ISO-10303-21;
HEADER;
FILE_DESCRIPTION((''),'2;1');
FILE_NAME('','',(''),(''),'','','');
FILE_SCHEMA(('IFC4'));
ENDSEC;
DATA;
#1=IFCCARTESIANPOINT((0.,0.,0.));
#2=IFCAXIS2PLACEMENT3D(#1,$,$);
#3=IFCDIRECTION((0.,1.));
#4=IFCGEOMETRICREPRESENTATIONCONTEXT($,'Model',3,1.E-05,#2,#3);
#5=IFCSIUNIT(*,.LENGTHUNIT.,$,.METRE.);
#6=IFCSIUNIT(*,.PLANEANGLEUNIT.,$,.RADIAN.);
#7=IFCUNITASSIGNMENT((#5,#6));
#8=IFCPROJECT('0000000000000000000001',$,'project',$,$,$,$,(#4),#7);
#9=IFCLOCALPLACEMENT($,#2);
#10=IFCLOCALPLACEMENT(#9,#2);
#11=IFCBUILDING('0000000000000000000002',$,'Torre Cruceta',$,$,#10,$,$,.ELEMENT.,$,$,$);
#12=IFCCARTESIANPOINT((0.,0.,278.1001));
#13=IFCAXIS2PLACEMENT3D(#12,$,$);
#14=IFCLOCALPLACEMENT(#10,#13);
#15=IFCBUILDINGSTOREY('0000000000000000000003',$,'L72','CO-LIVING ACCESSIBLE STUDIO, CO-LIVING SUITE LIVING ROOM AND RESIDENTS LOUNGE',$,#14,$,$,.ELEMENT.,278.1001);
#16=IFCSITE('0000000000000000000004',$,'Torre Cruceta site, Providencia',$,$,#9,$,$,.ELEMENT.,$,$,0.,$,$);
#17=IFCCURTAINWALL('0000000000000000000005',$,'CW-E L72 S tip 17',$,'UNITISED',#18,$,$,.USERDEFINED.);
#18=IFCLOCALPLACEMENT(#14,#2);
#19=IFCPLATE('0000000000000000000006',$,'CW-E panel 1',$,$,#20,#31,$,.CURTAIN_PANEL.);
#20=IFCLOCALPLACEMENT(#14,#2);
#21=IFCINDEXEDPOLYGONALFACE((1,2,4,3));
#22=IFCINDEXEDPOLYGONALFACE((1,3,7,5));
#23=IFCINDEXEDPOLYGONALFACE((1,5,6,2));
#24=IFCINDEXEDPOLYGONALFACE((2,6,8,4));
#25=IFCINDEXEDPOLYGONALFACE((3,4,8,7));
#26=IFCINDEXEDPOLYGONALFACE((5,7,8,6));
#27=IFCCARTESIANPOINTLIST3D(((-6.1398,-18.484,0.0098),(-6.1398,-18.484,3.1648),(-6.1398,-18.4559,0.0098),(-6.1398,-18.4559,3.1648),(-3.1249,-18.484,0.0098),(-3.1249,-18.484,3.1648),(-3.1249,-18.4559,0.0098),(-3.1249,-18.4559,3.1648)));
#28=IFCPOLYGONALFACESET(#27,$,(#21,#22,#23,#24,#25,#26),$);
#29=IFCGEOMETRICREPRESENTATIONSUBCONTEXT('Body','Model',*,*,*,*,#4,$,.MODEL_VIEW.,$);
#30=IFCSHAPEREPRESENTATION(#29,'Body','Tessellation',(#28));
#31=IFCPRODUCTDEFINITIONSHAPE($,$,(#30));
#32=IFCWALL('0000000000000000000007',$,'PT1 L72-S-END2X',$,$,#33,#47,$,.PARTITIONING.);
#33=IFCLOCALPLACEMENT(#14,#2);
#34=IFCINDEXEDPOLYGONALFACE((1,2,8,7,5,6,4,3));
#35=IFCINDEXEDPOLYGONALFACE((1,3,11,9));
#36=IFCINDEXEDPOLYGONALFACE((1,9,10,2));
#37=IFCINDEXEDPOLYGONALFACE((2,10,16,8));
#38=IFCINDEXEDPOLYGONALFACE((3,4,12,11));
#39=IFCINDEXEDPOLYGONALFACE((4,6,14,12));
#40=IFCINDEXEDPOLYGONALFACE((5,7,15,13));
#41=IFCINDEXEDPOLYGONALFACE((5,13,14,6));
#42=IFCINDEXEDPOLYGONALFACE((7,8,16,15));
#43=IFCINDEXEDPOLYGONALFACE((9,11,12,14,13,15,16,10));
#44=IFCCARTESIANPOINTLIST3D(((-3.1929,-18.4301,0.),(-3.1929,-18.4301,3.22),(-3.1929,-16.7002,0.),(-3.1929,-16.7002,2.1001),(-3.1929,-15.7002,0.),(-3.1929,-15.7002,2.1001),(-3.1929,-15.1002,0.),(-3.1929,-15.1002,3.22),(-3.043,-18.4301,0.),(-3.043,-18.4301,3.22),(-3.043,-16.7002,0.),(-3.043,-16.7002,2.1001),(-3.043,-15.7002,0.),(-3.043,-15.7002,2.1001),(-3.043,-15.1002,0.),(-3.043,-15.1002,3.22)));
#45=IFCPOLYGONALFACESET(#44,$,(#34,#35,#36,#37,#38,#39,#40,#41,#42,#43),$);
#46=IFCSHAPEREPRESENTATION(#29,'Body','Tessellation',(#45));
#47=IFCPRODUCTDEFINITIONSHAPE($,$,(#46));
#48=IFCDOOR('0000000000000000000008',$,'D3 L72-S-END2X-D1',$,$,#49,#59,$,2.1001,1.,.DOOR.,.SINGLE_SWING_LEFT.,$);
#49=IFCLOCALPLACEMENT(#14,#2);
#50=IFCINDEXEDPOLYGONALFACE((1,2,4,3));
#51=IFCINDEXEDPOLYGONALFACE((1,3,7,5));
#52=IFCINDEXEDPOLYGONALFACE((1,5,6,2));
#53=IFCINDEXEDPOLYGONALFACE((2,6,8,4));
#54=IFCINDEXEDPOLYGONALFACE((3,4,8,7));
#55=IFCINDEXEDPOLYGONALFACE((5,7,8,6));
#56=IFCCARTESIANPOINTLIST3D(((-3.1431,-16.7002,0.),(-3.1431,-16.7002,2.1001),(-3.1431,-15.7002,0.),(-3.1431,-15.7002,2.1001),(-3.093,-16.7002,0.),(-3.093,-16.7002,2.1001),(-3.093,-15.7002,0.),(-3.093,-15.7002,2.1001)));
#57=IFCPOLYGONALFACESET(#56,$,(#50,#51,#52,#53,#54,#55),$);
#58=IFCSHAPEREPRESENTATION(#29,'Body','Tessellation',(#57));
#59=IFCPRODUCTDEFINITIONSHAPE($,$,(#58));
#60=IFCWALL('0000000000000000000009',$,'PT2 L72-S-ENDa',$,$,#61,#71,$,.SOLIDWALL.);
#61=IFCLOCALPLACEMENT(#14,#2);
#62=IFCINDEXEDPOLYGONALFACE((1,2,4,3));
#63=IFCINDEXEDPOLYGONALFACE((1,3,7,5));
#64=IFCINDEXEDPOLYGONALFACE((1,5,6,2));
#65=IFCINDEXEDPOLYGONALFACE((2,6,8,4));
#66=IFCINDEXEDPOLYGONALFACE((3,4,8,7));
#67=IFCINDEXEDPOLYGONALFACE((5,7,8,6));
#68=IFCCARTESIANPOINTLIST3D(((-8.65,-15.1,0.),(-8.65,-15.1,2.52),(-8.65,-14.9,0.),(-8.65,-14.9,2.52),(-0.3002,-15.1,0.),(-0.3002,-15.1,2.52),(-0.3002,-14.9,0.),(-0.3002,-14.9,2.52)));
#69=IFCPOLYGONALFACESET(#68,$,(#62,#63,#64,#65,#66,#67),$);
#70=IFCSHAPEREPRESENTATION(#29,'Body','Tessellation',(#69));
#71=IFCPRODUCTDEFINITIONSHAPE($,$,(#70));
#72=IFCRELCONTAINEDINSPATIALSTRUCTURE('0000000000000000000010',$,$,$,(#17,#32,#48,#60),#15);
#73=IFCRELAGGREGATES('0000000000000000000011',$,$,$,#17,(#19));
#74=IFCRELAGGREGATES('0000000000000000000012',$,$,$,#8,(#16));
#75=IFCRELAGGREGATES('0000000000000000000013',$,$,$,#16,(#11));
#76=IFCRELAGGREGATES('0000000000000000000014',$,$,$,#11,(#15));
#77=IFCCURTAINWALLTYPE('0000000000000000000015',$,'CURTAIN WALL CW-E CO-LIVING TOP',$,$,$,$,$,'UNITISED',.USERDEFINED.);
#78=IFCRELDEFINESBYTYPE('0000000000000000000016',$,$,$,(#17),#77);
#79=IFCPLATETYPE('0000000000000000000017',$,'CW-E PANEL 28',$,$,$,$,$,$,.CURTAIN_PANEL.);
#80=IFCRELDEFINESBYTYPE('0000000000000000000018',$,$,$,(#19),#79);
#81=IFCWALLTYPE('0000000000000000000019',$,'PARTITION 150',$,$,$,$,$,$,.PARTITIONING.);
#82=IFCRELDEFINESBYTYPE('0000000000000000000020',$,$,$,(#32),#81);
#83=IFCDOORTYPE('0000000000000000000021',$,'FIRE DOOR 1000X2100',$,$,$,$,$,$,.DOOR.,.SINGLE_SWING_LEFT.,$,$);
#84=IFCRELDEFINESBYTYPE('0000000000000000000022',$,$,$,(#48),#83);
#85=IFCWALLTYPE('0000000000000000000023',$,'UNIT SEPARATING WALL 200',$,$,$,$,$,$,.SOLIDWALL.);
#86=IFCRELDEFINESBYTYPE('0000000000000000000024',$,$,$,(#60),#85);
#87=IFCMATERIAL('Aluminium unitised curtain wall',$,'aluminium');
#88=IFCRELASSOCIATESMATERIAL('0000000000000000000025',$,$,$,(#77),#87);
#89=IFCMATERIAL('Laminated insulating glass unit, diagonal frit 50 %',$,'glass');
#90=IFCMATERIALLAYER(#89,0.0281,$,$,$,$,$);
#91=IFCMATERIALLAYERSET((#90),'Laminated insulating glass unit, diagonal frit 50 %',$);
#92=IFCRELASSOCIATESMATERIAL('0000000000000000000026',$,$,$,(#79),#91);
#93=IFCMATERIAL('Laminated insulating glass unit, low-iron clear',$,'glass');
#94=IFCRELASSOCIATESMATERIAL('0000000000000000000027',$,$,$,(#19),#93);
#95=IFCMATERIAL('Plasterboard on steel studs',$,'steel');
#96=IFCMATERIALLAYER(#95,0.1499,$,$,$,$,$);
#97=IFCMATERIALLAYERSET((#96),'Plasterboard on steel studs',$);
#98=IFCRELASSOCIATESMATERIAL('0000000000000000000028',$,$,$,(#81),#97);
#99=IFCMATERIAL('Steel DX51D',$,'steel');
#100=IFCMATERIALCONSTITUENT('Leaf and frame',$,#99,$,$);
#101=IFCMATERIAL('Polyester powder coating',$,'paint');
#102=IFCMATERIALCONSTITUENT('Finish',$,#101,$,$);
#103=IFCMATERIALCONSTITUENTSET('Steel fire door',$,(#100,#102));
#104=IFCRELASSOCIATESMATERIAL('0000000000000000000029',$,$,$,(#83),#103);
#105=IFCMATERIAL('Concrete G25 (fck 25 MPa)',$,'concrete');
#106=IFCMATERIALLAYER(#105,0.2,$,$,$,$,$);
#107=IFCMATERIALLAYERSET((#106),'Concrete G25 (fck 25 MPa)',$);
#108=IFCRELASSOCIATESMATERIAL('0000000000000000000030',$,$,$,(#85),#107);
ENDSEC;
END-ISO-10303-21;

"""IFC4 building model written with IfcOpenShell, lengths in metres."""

from ifc_helpers import new_model, si_unit, direction, frame, frame_2d, origin, origin_2d, place, context, subcontext, project, spatial, rectangle, extrude, material, layer, layer_set, constituent, constituent_set, type_object, element, fill, aggregate, save


model = new_model("IFC4")

# Units and contexts
model_context = context("Model", 3, precision=1e-05, world=origin(), true_north=direction((0.0, 1.0)))
body_context = subcontext(model_context, "Body", "Model", "MODEL_VIEW")
ifc_project = project(units=[si_unit("LENGTHUNIT", "METRE"), si_unit("PLANEANGLEUNIT", "RADIAN")], contexts=[model_context])

# Site, building, storey
site_placement = place(None, origin())
site = spatial("IfcSite", under=ifc_project, at=site_placement, Name="Torre Cruceta site, Providencia", CompositionType="ELEMENT", RefElevation=0.0)
building_placement = place(site_placement, origin())
building = spatial("IfcBuilding", under=site, at=building_placement, Name="Torre Cruceta", CompositionType="ELEMENT")
storey_placement = place(building_placement, frame((0.0, 0.0, 278.1001)))
storey = spatial("IfcBuildingStorey", under=building, at=storey_placement, Name="L72", Description="CO-LIVING ACCESSIBLE STUDIO, CO-LIVING SUITE LIVING ROOM AND RESIDENTS LOUNGE", CompositionType="ELEMENT", Elevation=278.1001)

# Curtain wall
ifc_material_1 = material(Name="Aluminium unitised curtain wall", Category="aluminium")
curtain_wall_type = type_object("IfcCurtainWallType", Name="CURTAIN WALL CW-E CO-LIVING TOP", ElementType="UNITISED", PredefinedType="USERDEFINED", material=ifc_material_1)
curtain_wall_placement = place(storey_placement, origin())
curtain_wall = element("IfcCurtainWall", 1, at=curtain_wall_placement, inside=storey, type_object=curtain_wall_type, Name="CW-E L72 S tip 17", ObjectType="UNITISED", PredefinedType="USERDEFINED")

# Plate
ifc_material_2 = material(Name="Laminated insulating glass unit, low-iron clear", Category="glass")
ifc_material_3 = material(Name="Laminated insulating glass unit, diagonal frit 50 %", Category="glass")
ifc_layer_1 = layer(ifc_material_3, 0.0281)
ifc_layer_set_1 = layer_set([ifc_layer_1], Name="Laminated insulating glass unit, diagonal frit 50 %")
plate_type_1 = type_object("IfcPlateType", Name="CW-E PANEL 28", PredefinedType="CURTAIN_PANEL", material=ifc_layer_set_1)
plate_1_placement = place(storey_placement, frame((-4.6323, -18.47, 0.0098), z_axis=(0.0, 0.0, 1.0), x_axis=(1.0, 0.0, 0.0)))
plate_1 = element("IfcPlate", 2, at=plate_1_placement, type_object=plate_type_1, material=ifc_material_2, Name="CW-E panel 1", PredefinedType="CURTAIN_PANEL", context=body_context, shape_type="SweptSolid", body=[
    extrude(rectangle(XDim=3.0149, YDim=0.0281, at=origin_2d()), origin(), (0.0, 0.0, 1.0), 3.155),
])
aggregate(curtain_wall, [plate_1])

# Wall, opening, door
ifc_material_4 = material(Name="Plasterboard on steel studs", Category="steel")
ifc_layer_2 = layer(ifc_material_4, 0.1499)
ifc_layer_set_2 = layer_set([ifc_layer_2], Name="Plasterboard on steel studs")
wall_type_1 = type_object("IfcWallType", Name="PARTITION 150", PredefinedType="PARTITIONING", material=ifc_layer_set_2)
wall_1_placement = place(storey_placement, frame((-3.1179, -15.1001, 0.0), z_axis=(0.0, 0.0, 1.0), x_axis=(0.0, -1.0, 0.0)))
wall_1 = element("IfcWall", 3, at=wall_1_placement, inside=storey, type_object=wall_type_1, Name="PT1 L72-S-END2X", PredefinedType="PARTITIONING", context=body_context, shape_type="SweptSolid", body=[
    extrude(rectangle(XDim=3.3298, YDim=0.1499, at=frame_2d((1.665, 0.0))), origin(), (0.0, 0.0, 1.0), 3.22),
])
opening_placement = place(wall_1_placement, frame((0.6001, 0.0, 0.0)))
opening = element("IfcOpeningElement", 4, at=opening_placement, cuts=wall_1, PredefinedType="OPENING", context=body_context, shape_type="SweptSolid", body=[
    extrude(rectangle(XDim=1.0, YDim=2.1001, at=frame_2d((0.5, 1.05))), frame((0.0, 0.085, 0.0), z_axis=(0.0, -1.0, 0.0), x_axis=(1.0, 0.0, 0.0)), (0.0, 0.0, 1.0), 0.1699),
])
ifc_material_5 = material(Name="Steel DX51D", Category="steel")
ifc_constituent_1 = constituent(ifc_material_5, Name="Leaf and frame")
ifc_material_6 = material(Name="Polyester powder coating", Category="paint")
ifc_constituent_2 = constituent(ifc_material_6, Name="Finish")
ifc_constituent_set = constituent_set(constituents=[ifc_constituent_1, ifc_constituent_2], Name="Steel fire door")
door_type = type_object("IfcDoorType", Name="FIRE DOOR 1000X2100", OperationType="SINGLE_SWING_LEFT", PredefinedType="DOOR", material=ifc_constituent_set)
door_placement = place(opening_placement, origin())
door = element("IfcDoor", 5, at=door_placement, inside=storey, type_object=door_type, Name="D3 L72-S-END2X-D1", OperationType="SINGLE_SWING_LEFT", OverallHeight=2.1001, OverallWidth=1.0, PredefinedType="DOOR", context=body_context, shape_type="SweptSolid", body=[
    extrude(rectangle(XDim=1.0, YDim=2.1001, at=frame_2d((0.5, 1.05))), frame((0.0, 0.0249, 0.0), z_axis=(0.0, -1.0, 0.0), x_axis=(1.0, 0.0, 0.0)), (0.0, 0.0, 1.0), 0.05),
])
fill(opening, door)

# Wall
ifc_material_7 = material(Name="Concrete G25 (fck 25 MPa)", Category="concrete")
ifc_layer_3 = layer(ifc_material_7, 0.2)
ifc_layer_set_3 = layer_set([ifc_layer_3], Name="Concrete G25 (fck 25 MPa)")
wall_type_2 = type_object("IfcWallType", Name="UNIT SEPARATING WALL 200", PredefinedType="SOLIDWALL", material=ifc_layer_set_3)
wall_2_placement = place(storey_placement, frame((-8.6499, -15.0, 0.0), z_axis=(0.0, 0.0, 1.0), x_axis=(1.0, 0.0, 0.0)))
element("IfcWall", 6, at=wall_2_placement, inside=storey, type_object=wall_type_2, Name="PT2 L72-S-ENDa", PredefinedType="SOLIDWALL", context=body_context, shape_type="SweptSolid", body=[
    extrude(rectangle(XDim=8.3499, YDim=0.2, at=frame_2d((4.1748, 0.0))), origin(), (0.0, 0.0, 1.0), 2.52),
])

save(model, "model.ifc")
